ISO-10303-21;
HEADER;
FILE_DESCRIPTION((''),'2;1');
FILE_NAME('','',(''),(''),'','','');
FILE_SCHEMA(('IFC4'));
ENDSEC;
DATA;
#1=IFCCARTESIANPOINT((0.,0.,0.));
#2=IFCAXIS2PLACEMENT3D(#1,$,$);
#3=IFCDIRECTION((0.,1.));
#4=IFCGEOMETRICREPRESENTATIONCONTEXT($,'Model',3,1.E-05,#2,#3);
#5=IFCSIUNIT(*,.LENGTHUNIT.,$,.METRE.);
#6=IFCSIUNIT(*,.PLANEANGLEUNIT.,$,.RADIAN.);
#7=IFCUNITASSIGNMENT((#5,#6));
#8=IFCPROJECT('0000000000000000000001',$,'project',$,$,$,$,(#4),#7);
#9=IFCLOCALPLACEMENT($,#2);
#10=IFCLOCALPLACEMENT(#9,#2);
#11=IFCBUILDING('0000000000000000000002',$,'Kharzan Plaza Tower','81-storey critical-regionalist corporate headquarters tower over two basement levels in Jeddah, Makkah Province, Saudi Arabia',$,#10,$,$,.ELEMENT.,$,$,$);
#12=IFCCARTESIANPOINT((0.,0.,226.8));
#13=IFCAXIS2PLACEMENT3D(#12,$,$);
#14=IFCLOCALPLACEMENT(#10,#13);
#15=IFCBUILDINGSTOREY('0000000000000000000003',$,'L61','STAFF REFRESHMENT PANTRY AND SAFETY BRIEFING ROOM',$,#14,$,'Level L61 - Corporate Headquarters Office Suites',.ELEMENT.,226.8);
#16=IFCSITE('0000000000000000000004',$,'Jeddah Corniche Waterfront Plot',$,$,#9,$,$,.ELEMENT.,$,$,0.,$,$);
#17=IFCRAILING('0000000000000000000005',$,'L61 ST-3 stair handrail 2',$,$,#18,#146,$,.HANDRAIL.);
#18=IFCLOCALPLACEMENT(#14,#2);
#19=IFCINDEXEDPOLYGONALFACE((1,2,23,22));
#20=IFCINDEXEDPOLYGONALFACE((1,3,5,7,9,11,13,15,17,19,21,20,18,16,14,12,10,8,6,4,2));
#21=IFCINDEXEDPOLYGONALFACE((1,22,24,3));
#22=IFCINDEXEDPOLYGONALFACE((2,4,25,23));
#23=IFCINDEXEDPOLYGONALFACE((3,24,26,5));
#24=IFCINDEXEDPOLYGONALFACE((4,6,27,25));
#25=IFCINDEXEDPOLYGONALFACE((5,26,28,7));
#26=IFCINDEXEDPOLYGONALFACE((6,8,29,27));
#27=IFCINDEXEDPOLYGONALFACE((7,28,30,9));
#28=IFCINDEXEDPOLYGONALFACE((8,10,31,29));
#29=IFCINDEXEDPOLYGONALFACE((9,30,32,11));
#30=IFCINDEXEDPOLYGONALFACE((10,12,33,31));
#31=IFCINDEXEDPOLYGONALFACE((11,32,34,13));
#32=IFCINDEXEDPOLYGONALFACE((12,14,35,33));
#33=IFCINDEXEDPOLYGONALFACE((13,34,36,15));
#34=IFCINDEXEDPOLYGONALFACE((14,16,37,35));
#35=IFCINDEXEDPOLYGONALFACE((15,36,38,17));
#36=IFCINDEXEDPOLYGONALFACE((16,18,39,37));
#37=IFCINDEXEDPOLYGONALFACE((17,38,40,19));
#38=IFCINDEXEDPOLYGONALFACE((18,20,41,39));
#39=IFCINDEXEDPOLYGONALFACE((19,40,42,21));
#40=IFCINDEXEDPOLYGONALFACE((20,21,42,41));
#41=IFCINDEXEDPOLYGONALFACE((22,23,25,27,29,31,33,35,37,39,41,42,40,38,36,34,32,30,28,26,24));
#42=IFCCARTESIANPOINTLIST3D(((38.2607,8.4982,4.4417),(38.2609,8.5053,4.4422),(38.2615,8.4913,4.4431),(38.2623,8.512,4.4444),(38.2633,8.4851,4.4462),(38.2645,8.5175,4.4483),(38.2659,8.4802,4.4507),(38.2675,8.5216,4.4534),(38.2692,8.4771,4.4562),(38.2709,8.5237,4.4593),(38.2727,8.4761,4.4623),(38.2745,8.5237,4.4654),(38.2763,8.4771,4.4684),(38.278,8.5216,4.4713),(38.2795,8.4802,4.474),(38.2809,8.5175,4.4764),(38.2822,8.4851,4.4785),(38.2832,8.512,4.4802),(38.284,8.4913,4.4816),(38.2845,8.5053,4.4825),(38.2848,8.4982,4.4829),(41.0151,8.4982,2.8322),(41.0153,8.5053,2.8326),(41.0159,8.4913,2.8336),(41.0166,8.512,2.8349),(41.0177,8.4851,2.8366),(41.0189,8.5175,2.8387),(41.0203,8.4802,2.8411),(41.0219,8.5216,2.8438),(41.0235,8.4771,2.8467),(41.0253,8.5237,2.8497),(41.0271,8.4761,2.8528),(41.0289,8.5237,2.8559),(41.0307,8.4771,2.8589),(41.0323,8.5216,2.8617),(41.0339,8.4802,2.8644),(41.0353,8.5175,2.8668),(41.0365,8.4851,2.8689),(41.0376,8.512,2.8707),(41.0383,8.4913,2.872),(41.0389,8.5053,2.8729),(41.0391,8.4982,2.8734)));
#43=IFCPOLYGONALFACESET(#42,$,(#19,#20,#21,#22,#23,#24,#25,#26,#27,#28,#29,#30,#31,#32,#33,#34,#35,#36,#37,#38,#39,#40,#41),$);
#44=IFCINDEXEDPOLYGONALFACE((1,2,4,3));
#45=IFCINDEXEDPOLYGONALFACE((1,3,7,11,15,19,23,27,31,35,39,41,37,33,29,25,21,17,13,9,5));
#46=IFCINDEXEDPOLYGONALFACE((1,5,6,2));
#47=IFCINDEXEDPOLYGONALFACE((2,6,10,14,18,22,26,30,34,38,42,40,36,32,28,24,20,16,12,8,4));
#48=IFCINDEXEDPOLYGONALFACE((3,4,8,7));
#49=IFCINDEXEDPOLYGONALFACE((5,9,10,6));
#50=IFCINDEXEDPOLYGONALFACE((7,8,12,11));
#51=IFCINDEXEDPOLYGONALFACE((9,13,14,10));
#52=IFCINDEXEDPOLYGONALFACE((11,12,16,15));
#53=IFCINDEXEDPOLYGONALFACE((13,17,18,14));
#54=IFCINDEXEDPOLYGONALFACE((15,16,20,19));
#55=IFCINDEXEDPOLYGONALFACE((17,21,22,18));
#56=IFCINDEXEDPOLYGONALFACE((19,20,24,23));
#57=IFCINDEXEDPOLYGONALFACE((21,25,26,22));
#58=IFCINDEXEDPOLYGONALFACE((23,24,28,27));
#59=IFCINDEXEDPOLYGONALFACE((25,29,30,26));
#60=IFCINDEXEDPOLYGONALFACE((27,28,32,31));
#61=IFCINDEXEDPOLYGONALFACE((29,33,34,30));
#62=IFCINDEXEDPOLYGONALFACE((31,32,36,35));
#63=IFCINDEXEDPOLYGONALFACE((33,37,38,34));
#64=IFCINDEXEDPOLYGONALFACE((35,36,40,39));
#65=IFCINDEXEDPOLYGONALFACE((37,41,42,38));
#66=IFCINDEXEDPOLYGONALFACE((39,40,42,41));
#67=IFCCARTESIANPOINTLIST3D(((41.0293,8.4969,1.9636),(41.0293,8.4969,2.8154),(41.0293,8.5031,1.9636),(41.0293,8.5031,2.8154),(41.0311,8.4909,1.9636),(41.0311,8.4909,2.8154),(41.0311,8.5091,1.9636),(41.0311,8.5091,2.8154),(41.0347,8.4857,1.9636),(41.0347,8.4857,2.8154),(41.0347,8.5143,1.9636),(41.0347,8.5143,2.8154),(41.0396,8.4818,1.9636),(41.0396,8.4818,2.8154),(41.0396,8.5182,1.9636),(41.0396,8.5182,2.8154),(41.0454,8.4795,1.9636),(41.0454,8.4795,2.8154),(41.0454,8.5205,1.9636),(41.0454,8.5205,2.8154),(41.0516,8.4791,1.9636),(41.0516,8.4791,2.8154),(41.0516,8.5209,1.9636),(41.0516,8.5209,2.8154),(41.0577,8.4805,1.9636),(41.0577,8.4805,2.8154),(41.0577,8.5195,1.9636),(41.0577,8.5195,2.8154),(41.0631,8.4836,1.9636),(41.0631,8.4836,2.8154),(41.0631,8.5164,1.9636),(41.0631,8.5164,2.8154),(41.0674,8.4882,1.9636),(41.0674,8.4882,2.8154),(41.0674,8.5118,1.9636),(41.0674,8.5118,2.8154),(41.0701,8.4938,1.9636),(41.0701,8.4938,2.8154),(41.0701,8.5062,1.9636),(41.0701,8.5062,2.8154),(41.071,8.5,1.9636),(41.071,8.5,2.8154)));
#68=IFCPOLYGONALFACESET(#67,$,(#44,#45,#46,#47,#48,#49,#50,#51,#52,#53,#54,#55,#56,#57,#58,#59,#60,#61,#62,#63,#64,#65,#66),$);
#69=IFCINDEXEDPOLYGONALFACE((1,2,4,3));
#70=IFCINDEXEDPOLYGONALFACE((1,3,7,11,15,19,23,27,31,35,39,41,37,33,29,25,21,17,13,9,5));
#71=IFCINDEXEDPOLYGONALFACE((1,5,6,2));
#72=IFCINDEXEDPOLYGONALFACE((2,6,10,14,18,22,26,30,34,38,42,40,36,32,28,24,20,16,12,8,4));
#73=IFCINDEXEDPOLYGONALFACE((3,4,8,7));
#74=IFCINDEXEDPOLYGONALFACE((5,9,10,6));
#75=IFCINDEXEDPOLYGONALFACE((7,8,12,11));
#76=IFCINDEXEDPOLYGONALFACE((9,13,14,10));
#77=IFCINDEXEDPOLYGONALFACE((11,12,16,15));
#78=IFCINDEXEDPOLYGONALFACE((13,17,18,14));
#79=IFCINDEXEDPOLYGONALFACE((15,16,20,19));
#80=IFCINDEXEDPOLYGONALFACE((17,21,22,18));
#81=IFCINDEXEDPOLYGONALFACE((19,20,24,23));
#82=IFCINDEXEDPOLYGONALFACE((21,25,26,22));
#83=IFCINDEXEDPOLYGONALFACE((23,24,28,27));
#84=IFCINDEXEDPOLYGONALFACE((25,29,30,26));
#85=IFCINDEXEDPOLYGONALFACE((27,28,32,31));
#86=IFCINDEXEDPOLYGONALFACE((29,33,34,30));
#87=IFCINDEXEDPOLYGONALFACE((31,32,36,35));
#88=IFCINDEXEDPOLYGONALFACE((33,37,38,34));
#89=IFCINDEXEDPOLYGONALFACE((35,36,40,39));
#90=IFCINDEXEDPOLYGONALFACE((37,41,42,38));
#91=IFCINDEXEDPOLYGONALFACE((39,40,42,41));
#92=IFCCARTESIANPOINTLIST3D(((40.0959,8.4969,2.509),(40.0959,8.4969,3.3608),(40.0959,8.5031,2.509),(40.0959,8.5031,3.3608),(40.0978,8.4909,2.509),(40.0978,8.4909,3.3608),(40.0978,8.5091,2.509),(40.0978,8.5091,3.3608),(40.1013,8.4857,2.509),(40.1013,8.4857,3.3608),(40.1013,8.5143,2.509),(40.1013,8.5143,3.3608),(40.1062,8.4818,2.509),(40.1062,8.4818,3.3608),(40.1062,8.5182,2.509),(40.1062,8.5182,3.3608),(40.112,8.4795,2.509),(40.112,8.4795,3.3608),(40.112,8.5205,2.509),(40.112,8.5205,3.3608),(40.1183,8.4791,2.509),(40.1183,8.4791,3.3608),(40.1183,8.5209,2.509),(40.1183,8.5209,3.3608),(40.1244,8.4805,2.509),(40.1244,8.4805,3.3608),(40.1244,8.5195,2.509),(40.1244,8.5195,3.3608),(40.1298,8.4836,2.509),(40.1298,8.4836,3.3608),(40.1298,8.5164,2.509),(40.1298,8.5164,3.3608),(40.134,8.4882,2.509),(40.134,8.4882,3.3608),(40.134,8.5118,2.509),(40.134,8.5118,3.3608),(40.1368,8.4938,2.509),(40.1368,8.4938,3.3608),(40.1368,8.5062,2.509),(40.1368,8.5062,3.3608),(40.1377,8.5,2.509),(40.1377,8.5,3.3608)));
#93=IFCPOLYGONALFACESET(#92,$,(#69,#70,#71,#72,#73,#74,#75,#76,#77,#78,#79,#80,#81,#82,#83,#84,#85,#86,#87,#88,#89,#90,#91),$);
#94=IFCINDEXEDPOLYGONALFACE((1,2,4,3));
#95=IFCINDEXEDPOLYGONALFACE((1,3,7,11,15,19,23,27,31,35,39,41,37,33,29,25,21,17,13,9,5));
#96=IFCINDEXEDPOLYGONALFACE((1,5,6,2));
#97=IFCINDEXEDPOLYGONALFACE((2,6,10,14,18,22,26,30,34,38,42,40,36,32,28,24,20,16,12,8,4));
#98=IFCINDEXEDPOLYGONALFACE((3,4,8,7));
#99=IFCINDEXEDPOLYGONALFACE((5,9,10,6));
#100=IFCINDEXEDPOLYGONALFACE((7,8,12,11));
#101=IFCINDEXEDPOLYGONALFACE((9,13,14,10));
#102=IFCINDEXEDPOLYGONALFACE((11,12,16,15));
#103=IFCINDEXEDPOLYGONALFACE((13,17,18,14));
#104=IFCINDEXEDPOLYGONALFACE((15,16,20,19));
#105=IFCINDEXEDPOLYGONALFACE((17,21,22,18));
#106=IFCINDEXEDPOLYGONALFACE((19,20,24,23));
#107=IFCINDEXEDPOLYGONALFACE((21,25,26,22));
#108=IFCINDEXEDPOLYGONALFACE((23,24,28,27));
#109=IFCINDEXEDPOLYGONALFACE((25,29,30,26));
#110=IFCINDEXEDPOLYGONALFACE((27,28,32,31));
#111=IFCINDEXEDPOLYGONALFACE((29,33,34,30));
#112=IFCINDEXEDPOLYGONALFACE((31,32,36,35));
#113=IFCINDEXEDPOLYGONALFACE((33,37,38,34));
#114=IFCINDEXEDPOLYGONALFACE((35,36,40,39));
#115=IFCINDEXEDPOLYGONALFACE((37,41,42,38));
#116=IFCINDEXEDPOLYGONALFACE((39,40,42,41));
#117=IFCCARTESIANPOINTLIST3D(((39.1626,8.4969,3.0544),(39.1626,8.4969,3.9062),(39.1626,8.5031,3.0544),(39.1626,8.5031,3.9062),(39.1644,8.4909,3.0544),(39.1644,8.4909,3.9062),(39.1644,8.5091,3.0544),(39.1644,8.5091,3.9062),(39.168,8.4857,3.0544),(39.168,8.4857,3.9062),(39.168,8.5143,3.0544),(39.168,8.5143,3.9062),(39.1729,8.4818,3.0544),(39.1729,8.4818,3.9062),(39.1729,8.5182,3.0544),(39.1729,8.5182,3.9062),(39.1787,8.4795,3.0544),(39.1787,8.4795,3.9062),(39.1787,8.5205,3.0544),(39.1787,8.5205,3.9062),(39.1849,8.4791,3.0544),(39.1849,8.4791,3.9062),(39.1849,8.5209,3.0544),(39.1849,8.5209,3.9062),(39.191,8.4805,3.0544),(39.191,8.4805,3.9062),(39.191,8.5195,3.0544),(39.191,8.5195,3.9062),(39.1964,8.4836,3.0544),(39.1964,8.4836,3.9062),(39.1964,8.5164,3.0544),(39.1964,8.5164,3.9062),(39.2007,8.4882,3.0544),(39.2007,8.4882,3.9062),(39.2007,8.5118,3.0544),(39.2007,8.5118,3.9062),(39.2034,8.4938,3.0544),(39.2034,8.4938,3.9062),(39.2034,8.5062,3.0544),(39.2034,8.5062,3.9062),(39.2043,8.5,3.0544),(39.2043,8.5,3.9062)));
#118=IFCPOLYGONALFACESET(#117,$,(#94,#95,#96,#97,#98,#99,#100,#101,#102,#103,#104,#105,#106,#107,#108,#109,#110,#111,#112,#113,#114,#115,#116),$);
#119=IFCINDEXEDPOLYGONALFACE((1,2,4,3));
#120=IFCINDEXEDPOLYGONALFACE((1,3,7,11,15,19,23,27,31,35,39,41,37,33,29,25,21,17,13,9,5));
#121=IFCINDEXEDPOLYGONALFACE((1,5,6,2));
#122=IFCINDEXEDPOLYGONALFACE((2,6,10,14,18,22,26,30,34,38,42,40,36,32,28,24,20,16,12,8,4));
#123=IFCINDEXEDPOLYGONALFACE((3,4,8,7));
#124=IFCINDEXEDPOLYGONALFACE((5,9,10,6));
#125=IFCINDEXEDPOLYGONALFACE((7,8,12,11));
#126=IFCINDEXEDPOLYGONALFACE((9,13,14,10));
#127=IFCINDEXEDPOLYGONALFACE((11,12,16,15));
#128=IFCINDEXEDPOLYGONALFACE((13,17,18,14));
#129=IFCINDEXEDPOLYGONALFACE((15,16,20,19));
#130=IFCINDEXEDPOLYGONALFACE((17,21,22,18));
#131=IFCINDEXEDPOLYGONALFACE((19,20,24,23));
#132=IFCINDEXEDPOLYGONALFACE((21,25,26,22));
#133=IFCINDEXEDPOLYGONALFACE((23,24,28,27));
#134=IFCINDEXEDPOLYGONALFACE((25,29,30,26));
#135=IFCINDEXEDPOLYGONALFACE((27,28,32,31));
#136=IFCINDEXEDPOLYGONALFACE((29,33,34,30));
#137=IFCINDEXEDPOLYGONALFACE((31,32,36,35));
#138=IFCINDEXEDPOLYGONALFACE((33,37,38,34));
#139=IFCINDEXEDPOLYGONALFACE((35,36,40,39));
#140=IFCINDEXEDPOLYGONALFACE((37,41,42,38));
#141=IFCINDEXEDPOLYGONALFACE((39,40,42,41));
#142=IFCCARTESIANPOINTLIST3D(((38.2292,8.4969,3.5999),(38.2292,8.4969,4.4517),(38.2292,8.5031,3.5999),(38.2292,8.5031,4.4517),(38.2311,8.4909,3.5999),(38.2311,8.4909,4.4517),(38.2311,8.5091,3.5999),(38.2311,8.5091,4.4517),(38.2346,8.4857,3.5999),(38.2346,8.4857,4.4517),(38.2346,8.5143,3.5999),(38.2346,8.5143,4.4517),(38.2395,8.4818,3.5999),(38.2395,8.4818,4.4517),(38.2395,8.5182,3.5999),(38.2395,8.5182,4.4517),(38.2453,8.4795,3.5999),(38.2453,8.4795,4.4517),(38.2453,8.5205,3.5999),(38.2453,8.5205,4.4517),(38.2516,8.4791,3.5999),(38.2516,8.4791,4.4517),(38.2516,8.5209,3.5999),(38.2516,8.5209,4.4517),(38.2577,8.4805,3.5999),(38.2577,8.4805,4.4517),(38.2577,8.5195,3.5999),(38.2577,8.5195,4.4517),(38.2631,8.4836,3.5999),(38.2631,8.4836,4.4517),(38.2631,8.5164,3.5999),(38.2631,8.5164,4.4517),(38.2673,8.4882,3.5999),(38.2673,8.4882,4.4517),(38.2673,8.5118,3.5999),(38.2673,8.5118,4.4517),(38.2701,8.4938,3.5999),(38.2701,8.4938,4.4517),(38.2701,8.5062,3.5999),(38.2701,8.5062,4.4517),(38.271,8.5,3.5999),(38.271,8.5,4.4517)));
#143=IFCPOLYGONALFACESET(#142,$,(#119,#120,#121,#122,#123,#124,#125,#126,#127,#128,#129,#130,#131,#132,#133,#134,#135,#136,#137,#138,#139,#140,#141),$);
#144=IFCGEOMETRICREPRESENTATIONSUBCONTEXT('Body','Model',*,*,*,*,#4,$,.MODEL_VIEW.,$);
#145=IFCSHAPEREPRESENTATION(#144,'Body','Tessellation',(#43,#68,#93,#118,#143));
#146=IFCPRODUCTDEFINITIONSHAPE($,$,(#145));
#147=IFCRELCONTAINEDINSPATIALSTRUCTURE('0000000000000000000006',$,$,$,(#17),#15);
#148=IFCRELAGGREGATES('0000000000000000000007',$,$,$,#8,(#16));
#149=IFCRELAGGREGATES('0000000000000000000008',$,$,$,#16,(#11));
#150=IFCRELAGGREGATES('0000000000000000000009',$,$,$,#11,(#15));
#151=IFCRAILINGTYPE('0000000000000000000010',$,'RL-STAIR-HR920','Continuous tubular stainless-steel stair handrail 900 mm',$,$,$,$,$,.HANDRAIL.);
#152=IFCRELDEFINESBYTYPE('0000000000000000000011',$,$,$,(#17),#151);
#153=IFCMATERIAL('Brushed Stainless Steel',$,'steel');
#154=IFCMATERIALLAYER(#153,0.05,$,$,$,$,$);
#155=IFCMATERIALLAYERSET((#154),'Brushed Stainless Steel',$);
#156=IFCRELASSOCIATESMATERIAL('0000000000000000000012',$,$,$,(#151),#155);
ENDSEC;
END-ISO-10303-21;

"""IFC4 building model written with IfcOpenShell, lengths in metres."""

from ifc_helpers import new_model, si_unit, direction, frame, origin, origin_2d, place, context, subcontext, project, spatial, circle, extrude, source, transform, mapped, material, layer, layer_set, type_object, element, save


model = new_model("IFC4")

# Units and contexts
model_context = context("Model", 3, precision=1e-05, world=origin(), true_north=direction((0.0, 1.0)))
body_context = subcontext(model_context, "Body", "Model", "MODEL_VIEW")
ifc_project = project(units=[si_unit("LENGTHUNIT", "METRE"), si_unit("PLANEANGLEUNIT", "RADIAN")], contexts=[model_context])

# Site, building, storey
site_placement = place(None, origin())
site = spatial("IfcSite", under=ifc_project, at=site_placement, Name="Jeddah Corniche Waterfront Plot", CompositionType="ELEMENT", RefElevation=0.0)
building_placement = place(site_placement, origin())
building = spatial("IfcBuilding", under=site, at=building_placement, Name="Kharzan Plaza Tower", Description="81-storey critical-regionalist corporate headquarters tower over two basement levels in Jeddah, Makkah Province, Saudi Arabia", CompositionType="ELEMENT")
storey_placement = place(building_placement, frame((0.0, 0.0, 226.8)))
storey = spatial("IfcBuildingStorey", under=building, at=storey_placement, Name="L61", Description="STAFF REFRESHMENT PANTRY AND SAFETY BRIEFING ROOM", LongName="Level L61 - Corporate Headquarters Office Suites", CompositionType="ELEMENT", Elevation=226.8)

# Shared definitions
ifc_material_1 = material(Name="Brushed Stainless Steel", Category="steel")

# Railing
ifc_layer_1 = layer(ifc_material_1, 0.05)
ifc_layer_set_1 = layer_set([ifc_layer_1], Name="Brushed Stainless Steel")
railing_type_1 = type_object("IfcRailingType", Name="RL-STAIR-HR920", Description="Continuous tubular stainless-steel stair handrail 900 mm", PredefinedType="HANDRAIL", material=ifc_layer_set_1)
shared_shape_1 = source(origin(), body_context, "Body", "SweptSolid", [
    extrude(circle(Radius=0.0239, at=origin_2d()), frame((-0.0229, 0.0, 0.8892), z_axis=(-0.863394, 0.0, 0.504531), x_axis=(0.0, -1.0, 0.0)), (0.0, 0.0, 1.0), 3.1902),
    extrude(circle(Radius=0.021, at=origin_2d()), origin(), (0.0, 0.0, 1.0), 0.8518),
    extrude(circle(Radius=0.021, at=origin_2d()), frame((-0.9333, 0.0, 0.5454)), (0.0, 0.0, 1.0), 0.8518),
    extrude(circle(Radius=0.021, at=origin_2d()), frame((-1.8667, 0.0, 1.0908)), (0.0, 0.0, 1.0), 0.8518),
    extrude(circle(Radius=0.021, at=origin_2d()), frame((-2.8, 0.0, 1.6362)), (0.0, 0.0, 1.0), 0.8518),
])
railing_1_placement = place(storey_placement, frame((41.05, 8.5, 1.9636)))
element("IfcRailing", 1, at=railing_1_placement, inside=storey, type_object=railing_type_1, Name="L61 ST-3 stair handrail 2", PredefinedType="HANDRAIL", context=body_context, shape_type="MappedRepresentation", body=[
    mapped(shared_shape_1, transform((0.0, 0.0, 0.0), x_axis=(1.0, 0.0, 0.0), y_axis=(0.0, 1.0, 0.0), z_axis=(0.0, 0.0, 1.0))),
])

save(model, "model.ifc")
